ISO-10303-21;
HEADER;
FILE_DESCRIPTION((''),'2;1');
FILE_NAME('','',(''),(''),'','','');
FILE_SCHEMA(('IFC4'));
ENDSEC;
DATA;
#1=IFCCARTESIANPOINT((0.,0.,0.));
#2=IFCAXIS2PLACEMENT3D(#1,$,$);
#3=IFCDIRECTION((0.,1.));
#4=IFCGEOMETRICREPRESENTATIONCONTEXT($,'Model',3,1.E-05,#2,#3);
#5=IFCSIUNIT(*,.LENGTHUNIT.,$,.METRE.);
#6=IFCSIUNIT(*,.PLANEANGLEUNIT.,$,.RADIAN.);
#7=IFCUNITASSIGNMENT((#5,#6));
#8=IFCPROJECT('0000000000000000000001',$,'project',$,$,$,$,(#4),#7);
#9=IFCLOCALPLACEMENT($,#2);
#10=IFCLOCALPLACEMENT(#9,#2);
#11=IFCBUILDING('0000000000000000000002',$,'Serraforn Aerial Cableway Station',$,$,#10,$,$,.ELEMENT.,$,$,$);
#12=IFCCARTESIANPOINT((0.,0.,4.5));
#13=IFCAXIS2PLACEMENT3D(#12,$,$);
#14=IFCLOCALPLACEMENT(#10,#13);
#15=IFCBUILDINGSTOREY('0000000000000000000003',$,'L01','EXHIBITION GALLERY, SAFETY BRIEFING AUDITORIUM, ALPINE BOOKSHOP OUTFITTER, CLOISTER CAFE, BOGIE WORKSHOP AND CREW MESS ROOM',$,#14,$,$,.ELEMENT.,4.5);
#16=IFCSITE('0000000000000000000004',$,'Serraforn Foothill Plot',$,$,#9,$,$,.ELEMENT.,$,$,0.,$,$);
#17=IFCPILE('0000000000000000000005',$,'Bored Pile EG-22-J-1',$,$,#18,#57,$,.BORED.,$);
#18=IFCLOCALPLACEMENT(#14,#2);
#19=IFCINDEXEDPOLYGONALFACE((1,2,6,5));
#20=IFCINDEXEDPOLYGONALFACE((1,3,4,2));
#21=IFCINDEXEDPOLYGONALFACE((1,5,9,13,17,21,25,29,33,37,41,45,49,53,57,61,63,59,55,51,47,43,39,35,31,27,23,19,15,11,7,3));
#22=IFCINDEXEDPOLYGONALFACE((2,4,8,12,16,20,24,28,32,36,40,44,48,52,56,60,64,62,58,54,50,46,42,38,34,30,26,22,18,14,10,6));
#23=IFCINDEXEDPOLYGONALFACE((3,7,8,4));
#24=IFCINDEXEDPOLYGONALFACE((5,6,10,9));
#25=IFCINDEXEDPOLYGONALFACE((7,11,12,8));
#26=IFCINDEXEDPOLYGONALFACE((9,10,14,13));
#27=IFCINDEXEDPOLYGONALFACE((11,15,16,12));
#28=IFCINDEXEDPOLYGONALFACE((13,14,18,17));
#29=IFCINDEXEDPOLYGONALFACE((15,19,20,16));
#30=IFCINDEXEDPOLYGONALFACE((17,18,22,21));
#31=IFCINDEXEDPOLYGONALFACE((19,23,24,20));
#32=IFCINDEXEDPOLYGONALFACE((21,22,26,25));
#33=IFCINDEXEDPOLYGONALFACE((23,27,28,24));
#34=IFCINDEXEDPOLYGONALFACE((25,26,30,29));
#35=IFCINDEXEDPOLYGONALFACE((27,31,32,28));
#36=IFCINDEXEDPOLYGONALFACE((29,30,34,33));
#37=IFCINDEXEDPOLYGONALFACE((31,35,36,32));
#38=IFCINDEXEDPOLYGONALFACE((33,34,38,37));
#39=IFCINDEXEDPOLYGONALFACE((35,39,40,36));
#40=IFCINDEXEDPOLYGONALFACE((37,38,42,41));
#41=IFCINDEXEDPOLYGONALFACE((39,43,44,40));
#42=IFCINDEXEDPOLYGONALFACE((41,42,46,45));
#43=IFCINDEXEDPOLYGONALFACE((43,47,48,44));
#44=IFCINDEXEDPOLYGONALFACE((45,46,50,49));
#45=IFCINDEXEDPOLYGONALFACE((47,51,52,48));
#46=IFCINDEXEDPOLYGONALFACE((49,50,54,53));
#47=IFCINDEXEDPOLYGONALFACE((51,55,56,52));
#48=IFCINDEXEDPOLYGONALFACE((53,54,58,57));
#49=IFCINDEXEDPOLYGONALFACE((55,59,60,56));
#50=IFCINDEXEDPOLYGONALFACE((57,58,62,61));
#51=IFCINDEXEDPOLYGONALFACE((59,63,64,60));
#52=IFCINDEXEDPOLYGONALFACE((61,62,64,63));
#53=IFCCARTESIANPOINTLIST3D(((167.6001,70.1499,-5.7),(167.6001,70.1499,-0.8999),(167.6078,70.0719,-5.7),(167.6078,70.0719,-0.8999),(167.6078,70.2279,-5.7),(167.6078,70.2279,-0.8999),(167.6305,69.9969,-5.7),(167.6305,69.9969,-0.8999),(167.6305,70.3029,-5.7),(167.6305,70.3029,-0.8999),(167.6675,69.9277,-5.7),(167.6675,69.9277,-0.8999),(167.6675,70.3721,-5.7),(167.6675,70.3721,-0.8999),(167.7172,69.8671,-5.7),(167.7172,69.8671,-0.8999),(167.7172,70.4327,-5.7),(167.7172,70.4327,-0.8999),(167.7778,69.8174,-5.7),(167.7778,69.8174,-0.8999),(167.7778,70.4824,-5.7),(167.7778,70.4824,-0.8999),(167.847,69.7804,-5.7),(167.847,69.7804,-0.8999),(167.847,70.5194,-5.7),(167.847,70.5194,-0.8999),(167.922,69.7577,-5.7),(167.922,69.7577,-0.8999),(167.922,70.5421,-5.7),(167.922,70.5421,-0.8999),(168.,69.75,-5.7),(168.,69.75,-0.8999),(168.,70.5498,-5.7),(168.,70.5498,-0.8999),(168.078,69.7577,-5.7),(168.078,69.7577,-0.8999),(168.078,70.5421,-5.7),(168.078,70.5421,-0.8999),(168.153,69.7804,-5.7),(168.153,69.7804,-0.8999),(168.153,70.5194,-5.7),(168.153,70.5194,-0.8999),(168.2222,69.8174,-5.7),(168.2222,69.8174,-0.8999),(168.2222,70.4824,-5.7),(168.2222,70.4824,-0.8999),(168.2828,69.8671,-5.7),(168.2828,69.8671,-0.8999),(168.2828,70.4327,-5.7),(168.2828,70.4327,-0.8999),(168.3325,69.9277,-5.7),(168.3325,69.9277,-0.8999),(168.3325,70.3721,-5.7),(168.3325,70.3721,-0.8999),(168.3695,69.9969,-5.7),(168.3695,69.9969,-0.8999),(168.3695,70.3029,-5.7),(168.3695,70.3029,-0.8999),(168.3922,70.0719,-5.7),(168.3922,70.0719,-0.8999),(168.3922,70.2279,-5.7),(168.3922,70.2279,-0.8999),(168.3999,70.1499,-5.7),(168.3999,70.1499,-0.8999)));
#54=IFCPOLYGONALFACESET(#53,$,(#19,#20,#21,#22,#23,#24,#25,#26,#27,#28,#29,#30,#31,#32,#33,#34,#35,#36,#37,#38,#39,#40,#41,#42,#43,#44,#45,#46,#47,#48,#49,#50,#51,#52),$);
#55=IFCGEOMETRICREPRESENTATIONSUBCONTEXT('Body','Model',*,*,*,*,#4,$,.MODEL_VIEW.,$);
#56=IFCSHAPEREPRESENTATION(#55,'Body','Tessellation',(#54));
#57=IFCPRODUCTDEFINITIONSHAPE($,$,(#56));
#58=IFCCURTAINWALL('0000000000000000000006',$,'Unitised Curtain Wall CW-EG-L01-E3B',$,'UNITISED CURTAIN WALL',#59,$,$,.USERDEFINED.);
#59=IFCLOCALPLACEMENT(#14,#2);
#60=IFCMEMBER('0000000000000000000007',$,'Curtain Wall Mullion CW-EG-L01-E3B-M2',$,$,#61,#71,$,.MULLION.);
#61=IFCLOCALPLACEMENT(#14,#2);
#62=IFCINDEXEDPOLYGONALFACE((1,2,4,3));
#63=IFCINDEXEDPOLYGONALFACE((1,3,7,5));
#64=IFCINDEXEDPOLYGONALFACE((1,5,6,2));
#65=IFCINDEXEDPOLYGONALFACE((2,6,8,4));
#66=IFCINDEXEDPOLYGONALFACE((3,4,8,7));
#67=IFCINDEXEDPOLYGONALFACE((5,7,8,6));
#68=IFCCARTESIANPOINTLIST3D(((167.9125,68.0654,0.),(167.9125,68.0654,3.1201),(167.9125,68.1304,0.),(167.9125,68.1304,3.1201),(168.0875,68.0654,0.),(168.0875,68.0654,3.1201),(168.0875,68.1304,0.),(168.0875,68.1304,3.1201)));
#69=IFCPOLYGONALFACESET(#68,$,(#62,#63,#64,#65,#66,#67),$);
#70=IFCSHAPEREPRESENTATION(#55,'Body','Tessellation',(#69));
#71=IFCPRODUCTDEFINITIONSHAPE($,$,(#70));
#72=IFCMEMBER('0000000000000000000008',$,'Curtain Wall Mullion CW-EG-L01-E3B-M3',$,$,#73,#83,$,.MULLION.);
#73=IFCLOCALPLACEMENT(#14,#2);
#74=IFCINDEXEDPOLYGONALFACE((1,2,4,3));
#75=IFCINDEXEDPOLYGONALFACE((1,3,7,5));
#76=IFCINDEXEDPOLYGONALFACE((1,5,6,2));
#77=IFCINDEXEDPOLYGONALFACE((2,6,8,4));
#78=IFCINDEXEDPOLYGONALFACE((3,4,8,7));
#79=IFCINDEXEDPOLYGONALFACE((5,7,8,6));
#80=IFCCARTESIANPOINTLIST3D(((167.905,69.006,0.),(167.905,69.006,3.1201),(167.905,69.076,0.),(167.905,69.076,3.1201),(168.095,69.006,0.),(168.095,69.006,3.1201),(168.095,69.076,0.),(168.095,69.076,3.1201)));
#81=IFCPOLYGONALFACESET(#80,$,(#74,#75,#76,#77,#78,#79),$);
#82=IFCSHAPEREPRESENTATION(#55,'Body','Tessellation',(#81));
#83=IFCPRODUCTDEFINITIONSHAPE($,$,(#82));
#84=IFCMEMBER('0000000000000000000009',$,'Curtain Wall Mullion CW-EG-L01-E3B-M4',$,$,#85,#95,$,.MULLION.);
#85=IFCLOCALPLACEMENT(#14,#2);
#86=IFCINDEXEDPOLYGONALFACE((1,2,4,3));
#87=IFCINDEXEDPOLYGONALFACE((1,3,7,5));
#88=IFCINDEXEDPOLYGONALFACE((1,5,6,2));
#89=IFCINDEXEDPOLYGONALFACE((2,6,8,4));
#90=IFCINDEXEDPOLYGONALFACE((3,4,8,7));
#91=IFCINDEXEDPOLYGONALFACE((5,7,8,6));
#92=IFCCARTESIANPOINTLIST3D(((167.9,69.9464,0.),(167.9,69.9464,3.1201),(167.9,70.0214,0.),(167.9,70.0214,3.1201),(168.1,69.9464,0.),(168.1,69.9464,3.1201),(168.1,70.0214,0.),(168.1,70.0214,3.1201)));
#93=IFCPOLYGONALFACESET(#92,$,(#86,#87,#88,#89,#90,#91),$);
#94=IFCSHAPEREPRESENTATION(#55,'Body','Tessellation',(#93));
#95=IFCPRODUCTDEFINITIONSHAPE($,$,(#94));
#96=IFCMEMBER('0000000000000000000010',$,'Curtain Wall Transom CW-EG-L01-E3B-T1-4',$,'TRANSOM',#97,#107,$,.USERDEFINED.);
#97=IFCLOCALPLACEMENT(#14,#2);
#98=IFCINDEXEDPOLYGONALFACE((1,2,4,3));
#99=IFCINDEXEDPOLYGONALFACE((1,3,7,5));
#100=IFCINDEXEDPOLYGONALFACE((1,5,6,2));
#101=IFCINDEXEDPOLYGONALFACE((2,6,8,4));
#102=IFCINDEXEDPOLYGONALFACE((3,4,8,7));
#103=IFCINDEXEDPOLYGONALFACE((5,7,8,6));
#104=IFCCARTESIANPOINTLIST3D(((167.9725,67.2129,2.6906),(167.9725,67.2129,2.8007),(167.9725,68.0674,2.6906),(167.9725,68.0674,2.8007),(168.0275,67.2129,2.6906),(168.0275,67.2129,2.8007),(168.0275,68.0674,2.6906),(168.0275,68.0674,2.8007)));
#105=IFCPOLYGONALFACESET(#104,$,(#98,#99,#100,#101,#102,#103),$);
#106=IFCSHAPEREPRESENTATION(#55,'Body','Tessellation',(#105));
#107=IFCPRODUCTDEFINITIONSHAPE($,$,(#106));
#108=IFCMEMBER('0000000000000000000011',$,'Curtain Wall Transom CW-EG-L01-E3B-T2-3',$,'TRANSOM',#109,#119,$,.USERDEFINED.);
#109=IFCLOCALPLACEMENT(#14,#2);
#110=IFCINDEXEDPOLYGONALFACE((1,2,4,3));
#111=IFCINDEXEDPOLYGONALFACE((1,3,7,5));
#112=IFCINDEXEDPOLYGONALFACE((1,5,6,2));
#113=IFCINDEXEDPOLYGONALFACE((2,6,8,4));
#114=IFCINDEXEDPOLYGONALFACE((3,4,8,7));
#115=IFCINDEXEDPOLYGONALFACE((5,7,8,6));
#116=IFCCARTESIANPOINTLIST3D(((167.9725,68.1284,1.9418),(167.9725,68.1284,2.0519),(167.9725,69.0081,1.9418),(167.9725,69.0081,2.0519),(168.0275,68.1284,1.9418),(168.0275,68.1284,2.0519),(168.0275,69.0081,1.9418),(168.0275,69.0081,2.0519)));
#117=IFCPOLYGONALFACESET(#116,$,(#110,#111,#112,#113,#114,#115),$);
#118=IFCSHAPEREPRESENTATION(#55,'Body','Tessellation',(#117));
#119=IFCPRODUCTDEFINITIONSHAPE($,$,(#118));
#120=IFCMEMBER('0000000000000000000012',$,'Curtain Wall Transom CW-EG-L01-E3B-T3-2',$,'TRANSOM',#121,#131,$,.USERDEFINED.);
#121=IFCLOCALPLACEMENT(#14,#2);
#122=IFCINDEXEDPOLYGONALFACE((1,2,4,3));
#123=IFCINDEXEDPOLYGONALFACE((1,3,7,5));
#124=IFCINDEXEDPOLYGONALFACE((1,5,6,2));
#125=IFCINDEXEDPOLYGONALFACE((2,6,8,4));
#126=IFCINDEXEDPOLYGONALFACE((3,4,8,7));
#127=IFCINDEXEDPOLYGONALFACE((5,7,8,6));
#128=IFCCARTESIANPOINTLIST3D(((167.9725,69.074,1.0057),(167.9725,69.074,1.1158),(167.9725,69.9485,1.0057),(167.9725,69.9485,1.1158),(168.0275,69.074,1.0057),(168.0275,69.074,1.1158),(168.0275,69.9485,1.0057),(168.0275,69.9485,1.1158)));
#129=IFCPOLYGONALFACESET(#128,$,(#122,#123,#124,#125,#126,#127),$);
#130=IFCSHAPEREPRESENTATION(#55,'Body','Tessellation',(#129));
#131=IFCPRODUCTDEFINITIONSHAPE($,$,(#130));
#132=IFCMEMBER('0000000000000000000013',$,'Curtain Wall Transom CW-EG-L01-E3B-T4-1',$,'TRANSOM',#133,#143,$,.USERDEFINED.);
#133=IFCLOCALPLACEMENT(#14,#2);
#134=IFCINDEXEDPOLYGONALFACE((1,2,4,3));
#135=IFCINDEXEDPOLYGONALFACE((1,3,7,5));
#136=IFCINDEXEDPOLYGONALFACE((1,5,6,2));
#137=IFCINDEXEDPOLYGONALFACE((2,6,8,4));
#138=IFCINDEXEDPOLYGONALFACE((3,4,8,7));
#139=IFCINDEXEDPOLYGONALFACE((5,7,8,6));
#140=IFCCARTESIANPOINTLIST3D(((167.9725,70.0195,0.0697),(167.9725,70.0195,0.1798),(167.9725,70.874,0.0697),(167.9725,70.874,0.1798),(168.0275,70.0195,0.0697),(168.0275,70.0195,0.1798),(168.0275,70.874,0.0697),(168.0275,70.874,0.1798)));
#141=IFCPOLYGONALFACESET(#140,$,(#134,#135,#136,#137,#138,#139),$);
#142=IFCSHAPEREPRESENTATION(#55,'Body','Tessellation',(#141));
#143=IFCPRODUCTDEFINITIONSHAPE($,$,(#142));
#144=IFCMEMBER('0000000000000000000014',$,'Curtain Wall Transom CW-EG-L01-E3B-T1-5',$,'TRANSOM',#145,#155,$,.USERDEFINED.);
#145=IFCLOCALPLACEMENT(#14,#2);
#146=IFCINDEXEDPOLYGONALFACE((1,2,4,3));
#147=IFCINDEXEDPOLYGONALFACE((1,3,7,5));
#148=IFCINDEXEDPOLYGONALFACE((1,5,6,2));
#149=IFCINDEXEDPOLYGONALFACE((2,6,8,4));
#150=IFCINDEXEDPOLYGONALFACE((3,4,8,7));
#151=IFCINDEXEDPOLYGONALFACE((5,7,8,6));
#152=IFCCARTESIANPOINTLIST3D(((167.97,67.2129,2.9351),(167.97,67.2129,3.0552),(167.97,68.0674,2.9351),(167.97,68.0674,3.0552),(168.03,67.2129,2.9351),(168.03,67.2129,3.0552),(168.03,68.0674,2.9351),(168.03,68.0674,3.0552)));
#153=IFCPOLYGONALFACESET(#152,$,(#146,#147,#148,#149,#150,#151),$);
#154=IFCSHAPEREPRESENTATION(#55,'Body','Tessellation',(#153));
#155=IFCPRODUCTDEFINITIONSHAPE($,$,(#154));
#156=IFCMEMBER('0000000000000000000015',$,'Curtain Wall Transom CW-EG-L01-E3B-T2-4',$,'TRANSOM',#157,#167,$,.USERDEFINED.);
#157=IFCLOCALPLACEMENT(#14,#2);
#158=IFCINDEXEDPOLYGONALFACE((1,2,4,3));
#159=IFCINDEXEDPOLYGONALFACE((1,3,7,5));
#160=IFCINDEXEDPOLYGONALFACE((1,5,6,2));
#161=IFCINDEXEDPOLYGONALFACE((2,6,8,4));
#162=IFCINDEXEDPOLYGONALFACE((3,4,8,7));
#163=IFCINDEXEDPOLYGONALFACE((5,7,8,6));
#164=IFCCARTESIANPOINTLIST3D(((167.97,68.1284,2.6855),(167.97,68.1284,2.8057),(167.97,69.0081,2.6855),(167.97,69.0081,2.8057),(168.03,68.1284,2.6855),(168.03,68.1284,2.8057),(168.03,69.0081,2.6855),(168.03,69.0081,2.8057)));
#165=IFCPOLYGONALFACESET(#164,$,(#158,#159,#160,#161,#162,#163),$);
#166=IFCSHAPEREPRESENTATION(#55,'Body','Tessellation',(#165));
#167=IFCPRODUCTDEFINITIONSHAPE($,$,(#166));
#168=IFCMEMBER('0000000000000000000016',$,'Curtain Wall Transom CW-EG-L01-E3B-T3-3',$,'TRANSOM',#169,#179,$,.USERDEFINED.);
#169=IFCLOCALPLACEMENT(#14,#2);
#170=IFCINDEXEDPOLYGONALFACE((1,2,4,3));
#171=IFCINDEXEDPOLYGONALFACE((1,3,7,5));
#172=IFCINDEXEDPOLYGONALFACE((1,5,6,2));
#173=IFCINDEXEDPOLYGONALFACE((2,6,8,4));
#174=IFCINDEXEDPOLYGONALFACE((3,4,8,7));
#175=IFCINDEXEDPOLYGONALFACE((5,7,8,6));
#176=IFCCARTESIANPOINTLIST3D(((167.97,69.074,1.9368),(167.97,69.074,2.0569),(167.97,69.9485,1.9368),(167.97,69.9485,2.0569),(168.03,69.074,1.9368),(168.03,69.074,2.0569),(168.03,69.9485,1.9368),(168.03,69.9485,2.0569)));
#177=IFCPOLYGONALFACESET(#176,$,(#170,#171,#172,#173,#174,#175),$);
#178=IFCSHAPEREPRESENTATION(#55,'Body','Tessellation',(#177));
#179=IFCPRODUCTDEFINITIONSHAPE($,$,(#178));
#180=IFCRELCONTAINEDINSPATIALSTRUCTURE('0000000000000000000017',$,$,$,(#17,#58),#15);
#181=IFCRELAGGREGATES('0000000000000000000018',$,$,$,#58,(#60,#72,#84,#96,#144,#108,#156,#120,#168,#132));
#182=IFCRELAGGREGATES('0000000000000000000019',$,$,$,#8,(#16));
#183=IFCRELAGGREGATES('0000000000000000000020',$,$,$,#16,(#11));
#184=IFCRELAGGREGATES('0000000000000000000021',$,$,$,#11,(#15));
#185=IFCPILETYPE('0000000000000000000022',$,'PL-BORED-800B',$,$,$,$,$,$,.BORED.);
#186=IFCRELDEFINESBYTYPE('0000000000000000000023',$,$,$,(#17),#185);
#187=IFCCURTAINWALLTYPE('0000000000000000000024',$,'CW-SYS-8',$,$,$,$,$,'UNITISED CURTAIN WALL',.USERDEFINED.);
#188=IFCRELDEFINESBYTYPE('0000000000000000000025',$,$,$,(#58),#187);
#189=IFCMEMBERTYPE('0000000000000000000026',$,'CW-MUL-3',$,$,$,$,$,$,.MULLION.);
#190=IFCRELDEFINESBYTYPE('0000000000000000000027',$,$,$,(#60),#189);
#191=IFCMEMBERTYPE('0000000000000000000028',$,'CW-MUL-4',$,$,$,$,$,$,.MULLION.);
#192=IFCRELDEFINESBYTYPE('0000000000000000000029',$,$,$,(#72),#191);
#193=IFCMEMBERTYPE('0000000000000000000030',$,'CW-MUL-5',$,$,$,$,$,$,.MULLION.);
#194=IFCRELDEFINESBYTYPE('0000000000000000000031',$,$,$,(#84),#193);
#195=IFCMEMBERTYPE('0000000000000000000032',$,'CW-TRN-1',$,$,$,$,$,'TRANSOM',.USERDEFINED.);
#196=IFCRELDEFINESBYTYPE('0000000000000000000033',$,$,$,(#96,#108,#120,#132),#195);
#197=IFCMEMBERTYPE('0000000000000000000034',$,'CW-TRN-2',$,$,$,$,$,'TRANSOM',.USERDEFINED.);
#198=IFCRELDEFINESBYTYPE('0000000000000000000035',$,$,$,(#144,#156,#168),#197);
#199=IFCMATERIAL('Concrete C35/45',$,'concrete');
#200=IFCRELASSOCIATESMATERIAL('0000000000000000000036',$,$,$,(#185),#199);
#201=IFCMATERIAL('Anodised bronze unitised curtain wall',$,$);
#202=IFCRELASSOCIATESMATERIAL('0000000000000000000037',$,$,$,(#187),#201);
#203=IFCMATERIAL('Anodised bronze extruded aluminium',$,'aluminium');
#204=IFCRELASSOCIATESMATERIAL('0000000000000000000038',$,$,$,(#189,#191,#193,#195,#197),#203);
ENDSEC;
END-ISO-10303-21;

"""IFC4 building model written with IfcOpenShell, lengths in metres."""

from ifc_helpers import new_model, si_unit, direction, frame, origin, origin_2d, place, context, subcontext, project, spatial, rectangle, circle, extrude, material, material_profile, profile_set, type_object, element, aggregate, save


model = new_model("IFC4")

# Units and contexts
model_context = context("Model", 3, precision=1e-05, world=origin(), true_north=direction((0.0, 1.0)))
body_context = subcontext(model_context, "Body", "Model", "MODEL_VIEW")
ifc_project = project(units=[si_unit("LENGTHUNIT", "METRE"), si_unit("PLANEANGLEUNIT", "RADIAN")], contexts=[model_context])

# Site, building, storey
site_placement = place(None, origin())
site = spatial("IfcSite", under=ifc_project, at=site_placement, Name="Serraforn Foothill Plot", CompositionType="ELEMENT", RefElevation=0.0)
building_placement = place(site_placement, origin())
building = spatial("IfcBuilding", under=site, at=building_placement, Name="Serraforn Aerial Cableway Station", CompositionType="ELEMENT")
storey_placement = place(building_placement, frame((0.0, 0.0, 4.5)))
storey = spatial("IfcBuildingStorey", under=building, at=storey_placement, Name="L01", Description="EXHIBITION GALLERY, SAFETY BRIEFING AUDITORIUM, ALPINE BOOKSHOP OUTFITTER, CLOISTER CAFE, BOGIE WORKSHOP AND CREW MESS ROOM", CompositionType="ELEMENT", Elevation=4.5)

# Pile
ifc_material_1 = material(Name="Concrete C35/45", Category="concrete")
ifc_material_profile_1 = material_profile(ifc_material_1, circle(Radius=0.3999, at=origin_2d()), Name="BORED PILE D800")
ifc_profile_set_1 = profile_set([ifc_material_profile_1], Name="Concrete C35/45")
pile_type = type_object("IfcPileType", Name="PL-BORED-800B", PredefinedType="BORED", material=ifc_profile_set_1)
pile_placement = place(storey_placement, frame((168.0, 70.1499, -0.8999), z_axis=(0.0, 0.0, -1.0), x_axis=(1.0, 0.0, 0.0)))
element("IfcPile", 1, at=pile_placement, inside=storey, type_object=pile_type, Name="Bored Pile EG-22-J-1", PredefinedType="BORED", context=body_context, shape_type="SweptSolid", body=[
    extrude(circle(Radius=0.3999, at=origin_2d()), origin(), (0.0, 0.0, 1.0), 4.8),
])

# Curtain wall, members
ifc_material_2 = material(Name="Anodised bronze unitised curtain wall")
curtain_wall_type = type_object("IfcCurtainWallType", Name="CW-SYS-8", ElementType="UNITISED CURTAIN WALL", PredefinedType="USERDEFINED", material=ifc_material_2)
curtain_wall_placement = place(storey_placement, origin())
curtain_wall = element("IfcCurtainWall", 2, at=curtain_wall_placement, inside=storey, type_object=curtain_wall_type, Name="Unitised Curtain Wall CW-EG-L01-E3B", ObjectType="UNITISED CURTAIN WALL", PredefinedType="USERDEFINED")
ifc_material_3 = material(Name="Anodised bronze extruded aluminium", Category="aluminium")
ifc_material_profile_2 = material_profile(ifc_material_3, rectangle(XDim=0.0649, YDim=0.175, at=origin_2d()), Name="CW MULLION 65x175")
ifc_profile_set_2 = profile_set([ifc_material_profile_2], Name="Anodised bronze extruded aluminium")
member_type_1 = type_object("IfcMemberType", Name="CW-MUL-3", PredefinedType="MULLION", material=ifc_profile_set_2)
member_1_placement = place(storey_placement, frame((168.0, 68.0979, 0.0), z_axis=(0.0, 0.0, 1.0), x_axis=(0.0, 1.0, 0.0)))
member_1 = element("IfcMember", 3, at=member_1_placement, type_object=member_type_1, Name="Curtain Wall Mullion CW-EG-L01-E3B-M2", PredefinedType="MULLION", context=body_context, shape_type="SweptSolid", body=[
    extrude(rectangle(XDim=0.0649, YDim=0.175, at=origin_2d()), origin(), (0.0, 0.0, 1.0), 3.1201),
])
ifc_material_profile_3 = material_profile(ifc_material_3, rectangle(XDim=0.0701, YDim=0.1899, at=origin_2d()), Name="CW MULLION 70x190")
ifc_profile_set_3 = profile_set([ifc_material_profile_3], Name="Anodised bronze extruded aluminium")
member_type_2 = type_object("IfcMemberType", Name="CW-MUL-4", PredefinedType="MULLION", material=ifc_profile_set_3)
member_2_placement = place(storey_placement, frame((168.0, 69.041, 0.0), z_axis=(0.0, 0.0, 1.0), x_axis=(0.0, 1.0, 0.0)))
member_2 = element("IfcMember", 4, at=member_2_placement, type_object=member_type_2, Name="Curtain Wall Mullion CW-EG-L01-E3B-M3", PredefinedType="MULLION", context=body_context, shape_type="SweptSolid", body=[
    extrude(rectangle(XDim=0.0701, YDim=0.1899, at=origin_2d()), origin(), (0.0, 0.0, 1.0), 3.1201),
])
ifc_material_profile_4 = material_profile(ifc_material_3, rectangle(XDim=0.075, YDim=0.2, at=origin_2d()), Name="CW MULLION 75x200")
ifc_profile_set_4 = profile_set([ifc_material_profile_4], Name="Anodised bronze extruded aluminium")
member_type_3 = type_object("IfcMemberType", Name="CW-MUL-5", PredefinedType="MULLION", material=ifc_profile_set_4)
member_3_placement = place(storey_placement, frame((168.0, 69.9839, 0.0), z_axis=(0.0, 0.0, 1.0), x_axis=(0.0, 1.0, 0.0)))
member_3 = element("IfcMember", 5, at=member_3_placement, type_object=member_type_3, Name="Curtain Wall Mullion CW-EG-L01-E3B-M4", PredefinedType="MULLION", context=body_context, shape_type="SweptSolid", body=[
    extrude(rectangle(XDim=0.075, YDim=0.2, at=origin_2d()), origin(), (0.0, 0.0, 1.0), 3.1201),
])
ifc_material_profile_5 = material_profile(ifc_material_3, rectangle(XDim=0.0549, YDim=0.1101, at=origin_2d()), Name="CW TRANSOM 55x110")
ifc_profile_set_5 = profile_set([ifc_material_profile_5], Name="Anodised bronze extruded aluminium")
member_type_4 = type_object("IfcMemberType", Name="CW-TRN-1", ElementType="TRANSOM", PredefinedType="USERDEFINED", material=ifc_profile_set_5)
member_4_placement = place(storey_placement, frame((168.0, 67.2129, 2.7456), z_axis=(0.0, 1.0, 0.0), x_axis=(-1.0, 0.0, 0.0)))
member_4 = element("IfcMember", 6, at=member_4_placement, type_object=member_type_4, Name="Curtain Wall Transom CW-EG-L01-E3B-T1-4", ObjectType="TRANSOM", PredefinedType="USERDEFINED", context=body_context, shape_type="SweptSolid", body=[
    extrude(rectangle(XDim=0.0549, YDim=0.1101, at=origin_2d()), origin(), (0.0, 0.0, 1.0), 0.8545),
])
member_5_placement = place(storey_placement, frame((168.0, 68.1284, 1.9968), z_axis=(0.0, 1.0, 0.0), x_axis=(-1.0, 0.0, 0.0)))
member_5 = element("IfcMember", 7, at=member_5_placement, type_object=member_type_4, Name="Curtain Wall Transom CW-EG-L01-E3B-T2-3", ObjectType="TRANSOM", PredefinedType="USERDEFINED", context=body_context, shape_type="SweptSolid", body=[
    extrude(rectangle(XDim=0.0549, YDim=0.1101, at=origin_2d()), origin(), (0.0, 0.0, 1.0), 0.8796),
])
member_6_placement = place(storey_placement, frame((168.0, 69.074, 1.0608), z_axis=(0.0, 1.0, 0.0), x_axis=(-1.0, 0.0, 0.0)))
member_6 = element("IfcMember", 8, at=member_6_placement, type_object=member_type_4, Name="Curtain Wall Transom CW-EG-L01-E3B-T3-2", ObjectType="TRANSOM", PredefinedType="USERDEFINED", context=body_context, shape_type="SweptSolid", body=[
    extrude(rectangle(XDim=0.0549, YDim=0.1101, at=origin_2d()), origin(), (0.0, 0.0, 1.0), 0.8745),
])
member_7_placement = place(storey_placement, frame((168.0, 70.0195, 0.1248), z_axis=(0.0, 1.0, 0.0), x_axis=(-1.0, 0.0, 0.0)))
member_7 = element("IfcMember", 9, at=member_7_placement, type_object=member_type_4, Name="Curtain Wall Transom CW-EG-L01-E3B-T4-1", ObjectType="TRANSOM", PredefinedType="USERDEFINED", context=body_context, shape_type="SweptSolid", body=[
    extrude(rectangle(XDim=0.0549, YDim=0.1101, at=origin_2d()), origin(), (0.0, 0.0, 1.0), 0.8545),
])
ifc_material_profile_6 = material_profile(ifc_material_3, rectangle(XDim=0.0601, YDim=0.1201, at=origin_2d()), Name="CW TRANSOM 60x120")
ifc_profile_set_6 = profile_set([ifc_material_profile_6], Name="Anodised bronze extruded aluminium")
member_type_5 = type_object("IfcMemberType", Name="CW-TRN-2", ElementType="TRANSOM", PredefinedType="USERDEFINED", material=ifc_profile_set_6)
member_8_placement = place(storey_placement, frame((168.0, 67.2129, 2.9951), z_axis=(0.0, 1.0, 0.0), x_axis=(-1.0, 0.0, 0.0)))
member_8 = element("IfcMember", 10, at=member_8_placement, type_object=member_type_5, Name="Curtain Wall Transom CW-EG-L01-E3B-T1-5", ObjectType="TRANSOM", PredefinedType="USERDEFINED", context=body_context, shape_type="SweptSolid", body=[
    extrude(rectangle(XDim=0.0601, YDim=0.1201, at=origin_2d()), origin(), (0.0, 0.0, 1.0), 0.8545),
])
member_9_placement = place(storey_placement, frame((168.0, 68.1284, 2.7456), z_axis=(0.0, 1.0, 0.0), x_axis=(-1.0, 0.0, 0.0)))
member_9 = element("IfcMember", 11, at=member_9_placement, type_object=member_type_5, Name="Curtain Wall Transom CW-EG-L01-E3B-T2-4", ObjectType="TRANSOM", PredefinedType="USERDEFINED", context=body_context, shape_type="SweptSolid", body=[
    extrude(rectangle(XDim=0.0601, YDim=0.1201, at=origin_2d()), origin(), (0.0, 0.0, 1.0), 0.8796),
])
member_10_placement = place(storey_placement, frame((168.0, 69.074, 1.9968), z_axis=(0.0, 1.0, 0.0), x_axis=(-1.0, 0.0, 0.0)))
member_10 = element("IfcMember", 12, at=member_10_placement, type_object=member_type_5, Name="Curtain Wall Transom CW-EG-L01-E3B-T3-3", ObjectType="TRANSOM", PredefinedType="USERDEFINED", context=body_context, shape_type="SweptSolid", body=[
    extrude(rectangle(XDim=0.0601, YDim=0.1201, at=origin_2d()), origin(), (0.0, 0.0, 1.0), 0.8745),
])
aggregate(curtain_wall, [member_1, member_2, member_3, member_4, member_8, member_5, member_9, member_6, member_10, member_7])

save(model, "model.ifc")
